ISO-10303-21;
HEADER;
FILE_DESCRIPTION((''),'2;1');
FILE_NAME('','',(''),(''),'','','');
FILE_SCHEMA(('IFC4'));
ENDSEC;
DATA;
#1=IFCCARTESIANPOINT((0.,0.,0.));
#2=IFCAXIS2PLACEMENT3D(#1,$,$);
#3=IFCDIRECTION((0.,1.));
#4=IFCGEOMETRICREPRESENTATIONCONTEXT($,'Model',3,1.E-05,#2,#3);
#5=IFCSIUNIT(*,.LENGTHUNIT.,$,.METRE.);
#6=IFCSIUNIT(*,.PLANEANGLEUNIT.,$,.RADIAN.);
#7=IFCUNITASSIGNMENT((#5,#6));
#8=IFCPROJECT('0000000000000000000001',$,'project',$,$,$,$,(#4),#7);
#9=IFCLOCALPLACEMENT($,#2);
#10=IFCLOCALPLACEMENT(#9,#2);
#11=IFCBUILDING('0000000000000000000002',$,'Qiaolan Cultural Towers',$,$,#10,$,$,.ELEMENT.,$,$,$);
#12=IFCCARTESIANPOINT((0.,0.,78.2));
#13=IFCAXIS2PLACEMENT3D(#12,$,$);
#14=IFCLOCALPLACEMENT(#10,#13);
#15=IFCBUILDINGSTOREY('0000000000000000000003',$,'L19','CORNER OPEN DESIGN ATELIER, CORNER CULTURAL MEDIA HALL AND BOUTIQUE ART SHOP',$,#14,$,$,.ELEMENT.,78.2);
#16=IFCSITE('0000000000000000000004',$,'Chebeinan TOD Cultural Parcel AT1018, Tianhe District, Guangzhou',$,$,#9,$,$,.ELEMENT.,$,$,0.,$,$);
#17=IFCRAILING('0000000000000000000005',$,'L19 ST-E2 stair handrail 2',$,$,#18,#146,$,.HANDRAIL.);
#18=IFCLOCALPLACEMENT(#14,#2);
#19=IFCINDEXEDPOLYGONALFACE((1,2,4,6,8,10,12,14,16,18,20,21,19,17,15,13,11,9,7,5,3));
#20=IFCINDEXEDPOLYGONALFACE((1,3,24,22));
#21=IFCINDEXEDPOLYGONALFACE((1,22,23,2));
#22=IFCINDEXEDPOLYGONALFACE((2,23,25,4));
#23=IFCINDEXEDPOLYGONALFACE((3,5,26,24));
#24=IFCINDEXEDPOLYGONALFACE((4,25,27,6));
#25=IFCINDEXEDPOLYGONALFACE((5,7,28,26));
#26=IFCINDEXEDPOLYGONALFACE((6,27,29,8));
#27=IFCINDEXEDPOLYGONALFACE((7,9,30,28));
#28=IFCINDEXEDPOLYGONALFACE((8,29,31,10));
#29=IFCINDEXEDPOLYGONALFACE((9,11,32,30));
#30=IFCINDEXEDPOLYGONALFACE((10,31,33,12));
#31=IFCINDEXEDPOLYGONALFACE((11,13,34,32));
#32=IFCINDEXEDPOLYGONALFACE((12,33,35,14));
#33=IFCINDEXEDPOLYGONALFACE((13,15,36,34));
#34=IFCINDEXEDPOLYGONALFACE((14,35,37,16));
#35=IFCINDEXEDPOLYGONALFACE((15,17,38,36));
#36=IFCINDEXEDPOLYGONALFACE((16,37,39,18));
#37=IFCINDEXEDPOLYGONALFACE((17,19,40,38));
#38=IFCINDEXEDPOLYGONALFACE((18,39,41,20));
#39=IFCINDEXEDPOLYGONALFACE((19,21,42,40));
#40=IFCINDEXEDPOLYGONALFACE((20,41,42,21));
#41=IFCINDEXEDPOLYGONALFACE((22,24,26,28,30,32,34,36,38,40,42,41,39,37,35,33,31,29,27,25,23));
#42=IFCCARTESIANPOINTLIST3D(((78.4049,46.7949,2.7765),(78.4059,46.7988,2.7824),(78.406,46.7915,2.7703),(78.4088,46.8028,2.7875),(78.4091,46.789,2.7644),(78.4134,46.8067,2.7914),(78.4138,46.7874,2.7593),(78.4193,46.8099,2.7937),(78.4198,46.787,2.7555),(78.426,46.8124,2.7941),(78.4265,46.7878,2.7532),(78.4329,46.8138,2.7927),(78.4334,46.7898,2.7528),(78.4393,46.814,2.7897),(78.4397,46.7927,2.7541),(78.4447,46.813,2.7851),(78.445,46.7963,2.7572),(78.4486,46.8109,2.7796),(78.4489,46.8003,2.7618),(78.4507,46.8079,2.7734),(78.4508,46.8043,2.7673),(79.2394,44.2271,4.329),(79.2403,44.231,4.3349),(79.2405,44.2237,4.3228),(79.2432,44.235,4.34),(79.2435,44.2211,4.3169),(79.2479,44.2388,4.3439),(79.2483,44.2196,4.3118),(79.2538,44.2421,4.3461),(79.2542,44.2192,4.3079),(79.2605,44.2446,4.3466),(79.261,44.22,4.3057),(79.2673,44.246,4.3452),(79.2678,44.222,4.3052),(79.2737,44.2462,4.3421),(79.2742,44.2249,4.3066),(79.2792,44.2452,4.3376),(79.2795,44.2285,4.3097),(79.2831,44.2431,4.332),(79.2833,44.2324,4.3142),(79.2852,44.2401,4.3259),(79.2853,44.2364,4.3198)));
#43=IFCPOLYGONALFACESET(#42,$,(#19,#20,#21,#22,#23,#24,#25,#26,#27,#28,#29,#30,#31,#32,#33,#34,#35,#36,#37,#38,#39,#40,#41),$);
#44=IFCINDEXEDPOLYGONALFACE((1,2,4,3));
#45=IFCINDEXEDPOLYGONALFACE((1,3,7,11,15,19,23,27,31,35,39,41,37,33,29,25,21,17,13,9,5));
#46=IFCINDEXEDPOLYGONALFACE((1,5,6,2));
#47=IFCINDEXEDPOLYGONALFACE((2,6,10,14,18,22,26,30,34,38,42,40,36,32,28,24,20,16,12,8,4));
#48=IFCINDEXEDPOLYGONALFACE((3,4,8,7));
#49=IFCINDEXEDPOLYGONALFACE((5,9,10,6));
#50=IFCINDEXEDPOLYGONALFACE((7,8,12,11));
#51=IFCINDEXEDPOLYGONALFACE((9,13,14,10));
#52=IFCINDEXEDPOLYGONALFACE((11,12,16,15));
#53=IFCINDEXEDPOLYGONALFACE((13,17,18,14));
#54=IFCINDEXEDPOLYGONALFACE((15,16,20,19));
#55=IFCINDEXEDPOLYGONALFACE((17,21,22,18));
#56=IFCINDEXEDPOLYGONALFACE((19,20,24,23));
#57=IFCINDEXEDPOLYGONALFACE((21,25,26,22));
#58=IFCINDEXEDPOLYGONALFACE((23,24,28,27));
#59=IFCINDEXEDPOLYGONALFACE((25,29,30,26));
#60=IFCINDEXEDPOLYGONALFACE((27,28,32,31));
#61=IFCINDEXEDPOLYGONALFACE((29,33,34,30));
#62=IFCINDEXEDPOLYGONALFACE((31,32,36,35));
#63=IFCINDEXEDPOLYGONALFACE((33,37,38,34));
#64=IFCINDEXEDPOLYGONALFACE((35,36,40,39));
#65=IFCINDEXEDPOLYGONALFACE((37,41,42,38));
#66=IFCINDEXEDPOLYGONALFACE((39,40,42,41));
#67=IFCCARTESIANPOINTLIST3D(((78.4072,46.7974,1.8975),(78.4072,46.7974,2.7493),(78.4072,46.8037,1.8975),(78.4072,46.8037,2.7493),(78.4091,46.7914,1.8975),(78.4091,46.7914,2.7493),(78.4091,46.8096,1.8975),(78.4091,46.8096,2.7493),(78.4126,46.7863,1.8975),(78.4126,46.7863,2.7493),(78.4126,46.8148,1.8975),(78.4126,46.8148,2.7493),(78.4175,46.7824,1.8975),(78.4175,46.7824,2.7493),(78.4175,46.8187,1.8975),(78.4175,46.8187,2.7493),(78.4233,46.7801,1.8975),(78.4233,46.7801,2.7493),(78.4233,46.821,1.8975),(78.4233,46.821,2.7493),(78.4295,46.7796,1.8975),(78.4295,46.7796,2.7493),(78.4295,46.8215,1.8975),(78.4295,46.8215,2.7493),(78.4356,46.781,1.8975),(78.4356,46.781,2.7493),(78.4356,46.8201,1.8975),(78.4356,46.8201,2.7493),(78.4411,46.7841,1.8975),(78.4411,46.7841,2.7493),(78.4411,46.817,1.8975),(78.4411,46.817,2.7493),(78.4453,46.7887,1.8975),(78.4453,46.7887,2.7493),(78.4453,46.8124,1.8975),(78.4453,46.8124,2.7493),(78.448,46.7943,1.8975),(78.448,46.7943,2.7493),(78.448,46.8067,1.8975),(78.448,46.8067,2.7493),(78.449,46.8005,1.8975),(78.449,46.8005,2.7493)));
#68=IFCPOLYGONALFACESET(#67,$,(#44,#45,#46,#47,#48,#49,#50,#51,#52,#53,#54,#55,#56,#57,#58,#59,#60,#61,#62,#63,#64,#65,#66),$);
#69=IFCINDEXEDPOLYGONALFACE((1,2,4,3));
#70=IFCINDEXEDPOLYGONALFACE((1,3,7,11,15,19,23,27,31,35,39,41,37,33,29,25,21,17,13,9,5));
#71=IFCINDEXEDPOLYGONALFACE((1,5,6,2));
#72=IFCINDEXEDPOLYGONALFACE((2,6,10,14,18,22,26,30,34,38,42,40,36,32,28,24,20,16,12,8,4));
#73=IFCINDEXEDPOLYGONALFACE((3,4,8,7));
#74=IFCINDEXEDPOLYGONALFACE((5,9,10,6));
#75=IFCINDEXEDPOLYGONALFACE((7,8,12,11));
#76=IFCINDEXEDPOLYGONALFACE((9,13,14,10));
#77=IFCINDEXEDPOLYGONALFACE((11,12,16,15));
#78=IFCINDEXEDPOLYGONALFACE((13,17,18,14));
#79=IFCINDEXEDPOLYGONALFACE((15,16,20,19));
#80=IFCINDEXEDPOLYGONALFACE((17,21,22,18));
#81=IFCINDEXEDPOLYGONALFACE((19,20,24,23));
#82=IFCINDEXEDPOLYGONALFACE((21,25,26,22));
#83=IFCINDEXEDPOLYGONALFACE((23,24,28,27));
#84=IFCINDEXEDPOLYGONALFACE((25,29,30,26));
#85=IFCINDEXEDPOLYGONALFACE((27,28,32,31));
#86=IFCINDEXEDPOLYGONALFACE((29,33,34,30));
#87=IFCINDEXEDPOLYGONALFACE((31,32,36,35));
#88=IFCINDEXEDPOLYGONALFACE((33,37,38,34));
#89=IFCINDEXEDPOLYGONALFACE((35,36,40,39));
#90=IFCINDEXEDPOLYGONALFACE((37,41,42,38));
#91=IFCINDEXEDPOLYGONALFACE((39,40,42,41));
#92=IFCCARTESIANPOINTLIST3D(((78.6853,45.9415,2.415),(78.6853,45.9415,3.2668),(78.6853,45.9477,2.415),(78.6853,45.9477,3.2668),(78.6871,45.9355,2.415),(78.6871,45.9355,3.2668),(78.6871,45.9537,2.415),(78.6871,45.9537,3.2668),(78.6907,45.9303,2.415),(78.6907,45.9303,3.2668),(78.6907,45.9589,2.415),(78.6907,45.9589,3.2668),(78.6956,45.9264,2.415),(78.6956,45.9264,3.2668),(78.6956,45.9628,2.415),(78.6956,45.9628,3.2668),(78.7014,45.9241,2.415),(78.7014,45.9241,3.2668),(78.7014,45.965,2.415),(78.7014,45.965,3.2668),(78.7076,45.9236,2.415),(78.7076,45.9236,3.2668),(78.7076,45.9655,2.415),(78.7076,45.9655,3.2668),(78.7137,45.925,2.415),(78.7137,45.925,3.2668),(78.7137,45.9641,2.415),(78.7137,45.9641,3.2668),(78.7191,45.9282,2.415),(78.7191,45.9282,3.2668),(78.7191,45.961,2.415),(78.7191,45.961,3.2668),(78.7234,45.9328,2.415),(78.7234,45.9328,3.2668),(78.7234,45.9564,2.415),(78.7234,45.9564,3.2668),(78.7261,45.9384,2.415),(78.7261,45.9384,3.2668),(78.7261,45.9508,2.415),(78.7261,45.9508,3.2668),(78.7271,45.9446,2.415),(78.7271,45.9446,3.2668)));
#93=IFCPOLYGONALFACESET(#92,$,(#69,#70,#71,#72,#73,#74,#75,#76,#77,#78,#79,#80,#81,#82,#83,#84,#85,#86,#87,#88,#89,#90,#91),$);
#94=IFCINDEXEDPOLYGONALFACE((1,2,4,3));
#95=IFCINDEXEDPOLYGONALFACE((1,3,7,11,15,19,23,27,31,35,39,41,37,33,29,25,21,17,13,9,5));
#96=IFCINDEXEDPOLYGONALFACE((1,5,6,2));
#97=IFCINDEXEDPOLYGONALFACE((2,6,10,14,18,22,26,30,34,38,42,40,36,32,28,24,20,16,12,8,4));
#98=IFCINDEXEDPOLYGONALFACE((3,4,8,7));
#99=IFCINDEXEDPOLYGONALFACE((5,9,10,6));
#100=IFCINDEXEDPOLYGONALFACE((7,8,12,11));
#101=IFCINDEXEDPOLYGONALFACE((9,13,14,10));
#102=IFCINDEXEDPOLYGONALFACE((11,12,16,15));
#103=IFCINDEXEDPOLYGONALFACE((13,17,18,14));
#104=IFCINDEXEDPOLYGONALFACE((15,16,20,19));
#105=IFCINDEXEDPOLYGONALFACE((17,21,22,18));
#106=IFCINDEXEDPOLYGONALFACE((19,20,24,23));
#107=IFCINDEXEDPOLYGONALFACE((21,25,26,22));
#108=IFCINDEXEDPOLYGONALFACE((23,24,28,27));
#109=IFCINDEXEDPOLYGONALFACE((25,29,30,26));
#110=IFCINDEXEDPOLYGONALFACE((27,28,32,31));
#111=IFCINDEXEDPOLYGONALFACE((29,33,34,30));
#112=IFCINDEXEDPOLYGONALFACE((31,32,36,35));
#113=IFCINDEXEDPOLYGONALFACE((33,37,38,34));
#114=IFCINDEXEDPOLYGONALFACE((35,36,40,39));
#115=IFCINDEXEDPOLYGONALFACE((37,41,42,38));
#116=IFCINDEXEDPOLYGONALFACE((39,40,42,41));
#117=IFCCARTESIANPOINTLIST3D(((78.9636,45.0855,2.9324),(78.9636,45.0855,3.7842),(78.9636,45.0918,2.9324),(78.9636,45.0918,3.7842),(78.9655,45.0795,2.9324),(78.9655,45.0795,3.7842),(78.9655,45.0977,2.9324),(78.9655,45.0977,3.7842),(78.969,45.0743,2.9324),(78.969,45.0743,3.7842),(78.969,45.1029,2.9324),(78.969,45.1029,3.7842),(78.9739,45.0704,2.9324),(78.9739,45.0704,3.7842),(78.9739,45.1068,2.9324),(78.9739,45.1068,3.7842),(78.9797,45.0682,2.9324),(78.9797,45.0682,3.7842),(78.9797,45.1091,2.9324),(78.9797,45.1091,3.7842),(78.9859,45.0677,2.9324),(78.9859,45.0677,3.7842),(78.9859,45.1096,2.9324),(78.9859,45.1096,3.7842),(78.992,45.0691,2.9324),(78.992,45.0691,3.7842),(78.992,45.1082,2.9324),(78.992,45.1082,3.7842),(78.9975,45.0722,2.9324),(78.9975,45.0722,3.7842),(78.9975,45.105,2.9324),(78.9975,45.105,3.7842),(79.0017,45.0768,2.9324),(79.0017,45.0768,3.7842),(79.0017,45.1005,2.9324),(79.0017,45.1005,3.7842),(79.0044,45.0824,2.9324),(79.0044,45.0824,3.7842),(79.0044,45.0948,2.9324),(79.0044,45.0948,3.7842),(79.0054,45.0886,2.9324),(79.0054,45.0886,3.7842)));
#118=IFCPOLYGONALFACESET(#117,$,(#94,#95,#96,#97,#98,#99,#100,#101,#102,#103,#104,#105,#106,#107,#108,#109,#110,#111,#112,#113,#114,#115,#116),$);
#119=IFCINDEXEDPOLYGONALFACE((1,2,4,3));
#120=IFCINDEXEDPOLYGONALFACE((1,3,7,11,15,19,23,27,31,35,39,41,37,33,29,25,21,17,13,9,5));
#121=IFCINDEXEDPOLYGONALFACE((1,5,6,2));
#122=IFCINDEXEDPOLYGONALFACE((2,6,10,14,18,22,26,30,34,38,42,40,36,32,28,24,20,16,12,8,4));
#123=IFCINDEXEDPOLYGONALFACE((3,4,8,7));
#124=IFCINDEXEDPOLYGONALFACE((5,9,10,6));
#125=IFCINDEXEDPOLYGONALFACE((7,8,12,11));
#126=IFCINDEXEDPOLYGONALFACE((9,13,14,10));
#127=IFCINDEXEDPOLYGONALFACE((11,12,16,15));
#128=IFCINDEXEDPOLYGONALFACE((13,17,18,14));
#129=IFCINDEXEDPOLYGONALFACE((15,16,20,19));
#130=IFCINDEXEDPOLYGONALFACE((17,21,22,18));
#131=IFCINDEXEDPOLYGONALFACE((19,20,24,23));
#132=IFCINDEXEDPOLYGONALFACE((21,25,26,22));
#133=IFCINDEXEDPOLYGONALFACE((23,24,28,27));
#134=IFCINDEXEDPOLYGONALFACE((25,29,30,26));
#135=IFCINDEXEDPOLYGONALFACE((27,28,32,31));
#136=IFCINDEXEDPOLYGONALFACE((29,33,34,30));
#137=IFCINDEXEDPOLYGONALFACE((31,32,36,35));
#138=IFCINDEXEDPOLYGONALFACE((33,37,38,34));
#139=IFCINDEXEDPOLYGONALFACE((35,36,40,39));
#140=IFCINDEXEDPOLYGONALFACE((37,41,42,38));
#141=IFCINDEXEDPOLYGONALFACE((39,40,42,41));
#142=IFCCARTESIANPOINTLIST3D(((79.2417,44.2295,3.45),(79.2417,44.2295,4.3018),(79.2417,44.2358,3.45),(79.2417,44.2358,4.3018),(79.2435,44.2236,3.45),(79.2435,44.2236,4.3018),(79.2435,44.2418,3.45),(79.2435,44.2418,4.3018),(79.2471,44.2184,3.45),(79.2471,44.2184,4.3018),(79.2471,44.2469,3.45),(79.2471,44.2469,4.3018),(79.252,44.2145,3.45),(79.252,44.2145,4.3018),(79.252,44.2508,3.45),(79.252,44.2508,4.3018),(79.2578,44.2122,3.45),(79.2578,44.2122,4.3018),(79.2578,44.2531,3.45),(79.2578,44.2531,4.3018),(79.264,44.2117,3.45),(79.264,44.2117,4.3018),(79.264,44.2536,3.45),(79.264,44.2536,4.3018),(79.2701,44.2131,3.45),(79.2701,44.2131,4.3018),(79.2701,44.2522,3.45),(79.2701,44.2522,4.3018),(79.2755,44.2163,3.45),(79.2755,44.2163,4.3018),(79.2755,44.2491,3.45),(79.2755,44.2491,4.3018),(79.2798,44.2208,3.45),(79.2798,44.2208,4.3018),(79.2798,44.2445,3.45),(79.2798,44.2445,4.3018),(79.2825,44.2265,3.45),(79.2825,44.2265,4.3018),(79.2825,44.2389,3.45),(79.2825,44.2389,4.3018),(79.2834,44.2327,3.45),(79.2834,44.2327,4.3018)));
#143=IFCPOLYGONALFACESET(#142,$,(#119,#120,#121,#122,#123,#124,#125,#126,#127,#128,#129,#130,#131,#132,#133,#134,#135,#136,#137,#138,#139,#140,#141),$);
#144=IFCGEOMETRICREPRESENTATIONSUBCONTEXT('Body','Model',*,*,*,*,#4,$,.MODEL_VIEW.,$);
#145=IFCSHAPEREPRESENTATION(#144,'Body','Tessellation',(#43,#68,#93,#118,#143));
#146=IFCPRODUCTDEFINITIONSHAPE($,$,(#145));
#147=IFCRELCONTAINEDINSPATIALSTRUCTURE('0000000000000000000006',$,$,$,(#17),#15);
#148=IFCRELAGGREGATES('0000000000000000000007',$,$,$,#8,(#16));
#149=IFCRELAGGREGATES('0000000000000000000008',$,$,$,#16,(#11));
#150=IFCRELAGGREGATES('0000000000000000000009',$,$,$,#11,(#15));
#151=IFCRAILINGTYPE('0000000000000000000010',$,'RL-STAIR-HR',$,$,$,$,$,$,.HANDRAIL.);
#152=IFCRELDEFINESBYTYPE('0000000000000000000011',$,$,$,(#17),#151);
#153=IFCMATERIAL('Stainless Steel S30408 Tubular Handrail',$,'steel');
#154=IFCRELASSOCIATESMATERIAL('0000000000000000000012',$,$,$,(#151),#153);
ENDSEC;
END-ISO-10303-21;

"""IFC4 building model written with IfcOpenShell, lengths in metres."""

from ifc_helpers import new_model, si_unit, direction, frame, origin, origin_2d, place, context, subcontext, project, spatial, circle, extrude, material, type_object, element, save


model = new_model("IFC4")

# Units and contexts
model_context = context("Model", 3, precision=1e-05, world=origin(), true_north=direction((0.0, 1.0)))
body_context = subcontext(model_context, "Body", "Model", "MODEL_VIEW")
ifc_project = project(units=[si_unit("LENGTHUNIT", "METRE"), si_unit("PLANEANGLEUNIT", "RADIAN")], contexts=[model_context])

# Site, building, storey
site_placement = place(None, origin())
site = spatial("IfcSite", under=ifc_project, at=site_placement, Name="Chebeinan TOD Cultural Parcel AT1018, Tianhe District, Guangzhou", CompositionType="ELEMENT", RefElevation=0.0)
building_placement = place(site_placement, origin())
building = spatial("IfcBuilding", under=site, at=building_placement, Name="Qiaolan Cultural Towers", CompositionType="ELEMENT")
storey_placement = place(building_placement, frame((0.0, 0.0, 78.2)))
storey = spatial("IfcBuildingStorey", under=building, at=storey_placement, Name="L19", Description="CORNER OPEN DESIGN ATELIER, CORNER CULTURAL MEDIA HALL AND BOUTIQUE ART SHOP", CompositionType="ELEMENT", Elevation=78.2)

# Railing
ifc_material_1 = material(Name="Stainless Steel S30408 Tubular Handrail", Category="steel")
railing_type_1 = type_object("IfcRailingType", Name="RL-STAIR-HR", PredefinedType="HANDRAIL", material=ifc_material_1)
railing_1_placement = place(storey_placement, frame((78.428, 46.8005, 1.8975)))
element("IfcRailing", 1, at=railing_1_placement, inside=storey, type_object=railing_type_1, Name="L19 ST-E2 stair handrail 2", PredefinedType="HANDRAIL", context=body_context, shape_type="SweptSolid", body=[
    extrude(circle(Radius=0.0239, at=origin_2d()), frame((0.0, 0.0, 0.876), z_axis=(0.267926, -0.824471, 0.498461), x_axis=(0.951043, 0.309057, 0.0)), (0.0, 0.0, 1.0), 3.1145),
    extrude(circle(Radius=0.021, at=origin_2d()), origin(), (0.0, 0.0, 1.0), 0.8518),
    extrude(circle(Radius=0.021, at=origin_2d()), frame((0.2781, -0.856, 0.5176)), (0.0, 0.0, 1.0), 0.8518),
    extrude(circle(Radius=0.021, at=origin_2d()), frame((0.5564, -1.7119, 1.0349)), (0.0, 0.0, 1.0), 0.8518),
    extrude(circle(Radius=0.021, at=origin_2d()), frame((0.8345, -2.5679, 1.5525)), (0.0, 0.0, 1.0), 0.8518),
])

save(model, "model.ifc")
